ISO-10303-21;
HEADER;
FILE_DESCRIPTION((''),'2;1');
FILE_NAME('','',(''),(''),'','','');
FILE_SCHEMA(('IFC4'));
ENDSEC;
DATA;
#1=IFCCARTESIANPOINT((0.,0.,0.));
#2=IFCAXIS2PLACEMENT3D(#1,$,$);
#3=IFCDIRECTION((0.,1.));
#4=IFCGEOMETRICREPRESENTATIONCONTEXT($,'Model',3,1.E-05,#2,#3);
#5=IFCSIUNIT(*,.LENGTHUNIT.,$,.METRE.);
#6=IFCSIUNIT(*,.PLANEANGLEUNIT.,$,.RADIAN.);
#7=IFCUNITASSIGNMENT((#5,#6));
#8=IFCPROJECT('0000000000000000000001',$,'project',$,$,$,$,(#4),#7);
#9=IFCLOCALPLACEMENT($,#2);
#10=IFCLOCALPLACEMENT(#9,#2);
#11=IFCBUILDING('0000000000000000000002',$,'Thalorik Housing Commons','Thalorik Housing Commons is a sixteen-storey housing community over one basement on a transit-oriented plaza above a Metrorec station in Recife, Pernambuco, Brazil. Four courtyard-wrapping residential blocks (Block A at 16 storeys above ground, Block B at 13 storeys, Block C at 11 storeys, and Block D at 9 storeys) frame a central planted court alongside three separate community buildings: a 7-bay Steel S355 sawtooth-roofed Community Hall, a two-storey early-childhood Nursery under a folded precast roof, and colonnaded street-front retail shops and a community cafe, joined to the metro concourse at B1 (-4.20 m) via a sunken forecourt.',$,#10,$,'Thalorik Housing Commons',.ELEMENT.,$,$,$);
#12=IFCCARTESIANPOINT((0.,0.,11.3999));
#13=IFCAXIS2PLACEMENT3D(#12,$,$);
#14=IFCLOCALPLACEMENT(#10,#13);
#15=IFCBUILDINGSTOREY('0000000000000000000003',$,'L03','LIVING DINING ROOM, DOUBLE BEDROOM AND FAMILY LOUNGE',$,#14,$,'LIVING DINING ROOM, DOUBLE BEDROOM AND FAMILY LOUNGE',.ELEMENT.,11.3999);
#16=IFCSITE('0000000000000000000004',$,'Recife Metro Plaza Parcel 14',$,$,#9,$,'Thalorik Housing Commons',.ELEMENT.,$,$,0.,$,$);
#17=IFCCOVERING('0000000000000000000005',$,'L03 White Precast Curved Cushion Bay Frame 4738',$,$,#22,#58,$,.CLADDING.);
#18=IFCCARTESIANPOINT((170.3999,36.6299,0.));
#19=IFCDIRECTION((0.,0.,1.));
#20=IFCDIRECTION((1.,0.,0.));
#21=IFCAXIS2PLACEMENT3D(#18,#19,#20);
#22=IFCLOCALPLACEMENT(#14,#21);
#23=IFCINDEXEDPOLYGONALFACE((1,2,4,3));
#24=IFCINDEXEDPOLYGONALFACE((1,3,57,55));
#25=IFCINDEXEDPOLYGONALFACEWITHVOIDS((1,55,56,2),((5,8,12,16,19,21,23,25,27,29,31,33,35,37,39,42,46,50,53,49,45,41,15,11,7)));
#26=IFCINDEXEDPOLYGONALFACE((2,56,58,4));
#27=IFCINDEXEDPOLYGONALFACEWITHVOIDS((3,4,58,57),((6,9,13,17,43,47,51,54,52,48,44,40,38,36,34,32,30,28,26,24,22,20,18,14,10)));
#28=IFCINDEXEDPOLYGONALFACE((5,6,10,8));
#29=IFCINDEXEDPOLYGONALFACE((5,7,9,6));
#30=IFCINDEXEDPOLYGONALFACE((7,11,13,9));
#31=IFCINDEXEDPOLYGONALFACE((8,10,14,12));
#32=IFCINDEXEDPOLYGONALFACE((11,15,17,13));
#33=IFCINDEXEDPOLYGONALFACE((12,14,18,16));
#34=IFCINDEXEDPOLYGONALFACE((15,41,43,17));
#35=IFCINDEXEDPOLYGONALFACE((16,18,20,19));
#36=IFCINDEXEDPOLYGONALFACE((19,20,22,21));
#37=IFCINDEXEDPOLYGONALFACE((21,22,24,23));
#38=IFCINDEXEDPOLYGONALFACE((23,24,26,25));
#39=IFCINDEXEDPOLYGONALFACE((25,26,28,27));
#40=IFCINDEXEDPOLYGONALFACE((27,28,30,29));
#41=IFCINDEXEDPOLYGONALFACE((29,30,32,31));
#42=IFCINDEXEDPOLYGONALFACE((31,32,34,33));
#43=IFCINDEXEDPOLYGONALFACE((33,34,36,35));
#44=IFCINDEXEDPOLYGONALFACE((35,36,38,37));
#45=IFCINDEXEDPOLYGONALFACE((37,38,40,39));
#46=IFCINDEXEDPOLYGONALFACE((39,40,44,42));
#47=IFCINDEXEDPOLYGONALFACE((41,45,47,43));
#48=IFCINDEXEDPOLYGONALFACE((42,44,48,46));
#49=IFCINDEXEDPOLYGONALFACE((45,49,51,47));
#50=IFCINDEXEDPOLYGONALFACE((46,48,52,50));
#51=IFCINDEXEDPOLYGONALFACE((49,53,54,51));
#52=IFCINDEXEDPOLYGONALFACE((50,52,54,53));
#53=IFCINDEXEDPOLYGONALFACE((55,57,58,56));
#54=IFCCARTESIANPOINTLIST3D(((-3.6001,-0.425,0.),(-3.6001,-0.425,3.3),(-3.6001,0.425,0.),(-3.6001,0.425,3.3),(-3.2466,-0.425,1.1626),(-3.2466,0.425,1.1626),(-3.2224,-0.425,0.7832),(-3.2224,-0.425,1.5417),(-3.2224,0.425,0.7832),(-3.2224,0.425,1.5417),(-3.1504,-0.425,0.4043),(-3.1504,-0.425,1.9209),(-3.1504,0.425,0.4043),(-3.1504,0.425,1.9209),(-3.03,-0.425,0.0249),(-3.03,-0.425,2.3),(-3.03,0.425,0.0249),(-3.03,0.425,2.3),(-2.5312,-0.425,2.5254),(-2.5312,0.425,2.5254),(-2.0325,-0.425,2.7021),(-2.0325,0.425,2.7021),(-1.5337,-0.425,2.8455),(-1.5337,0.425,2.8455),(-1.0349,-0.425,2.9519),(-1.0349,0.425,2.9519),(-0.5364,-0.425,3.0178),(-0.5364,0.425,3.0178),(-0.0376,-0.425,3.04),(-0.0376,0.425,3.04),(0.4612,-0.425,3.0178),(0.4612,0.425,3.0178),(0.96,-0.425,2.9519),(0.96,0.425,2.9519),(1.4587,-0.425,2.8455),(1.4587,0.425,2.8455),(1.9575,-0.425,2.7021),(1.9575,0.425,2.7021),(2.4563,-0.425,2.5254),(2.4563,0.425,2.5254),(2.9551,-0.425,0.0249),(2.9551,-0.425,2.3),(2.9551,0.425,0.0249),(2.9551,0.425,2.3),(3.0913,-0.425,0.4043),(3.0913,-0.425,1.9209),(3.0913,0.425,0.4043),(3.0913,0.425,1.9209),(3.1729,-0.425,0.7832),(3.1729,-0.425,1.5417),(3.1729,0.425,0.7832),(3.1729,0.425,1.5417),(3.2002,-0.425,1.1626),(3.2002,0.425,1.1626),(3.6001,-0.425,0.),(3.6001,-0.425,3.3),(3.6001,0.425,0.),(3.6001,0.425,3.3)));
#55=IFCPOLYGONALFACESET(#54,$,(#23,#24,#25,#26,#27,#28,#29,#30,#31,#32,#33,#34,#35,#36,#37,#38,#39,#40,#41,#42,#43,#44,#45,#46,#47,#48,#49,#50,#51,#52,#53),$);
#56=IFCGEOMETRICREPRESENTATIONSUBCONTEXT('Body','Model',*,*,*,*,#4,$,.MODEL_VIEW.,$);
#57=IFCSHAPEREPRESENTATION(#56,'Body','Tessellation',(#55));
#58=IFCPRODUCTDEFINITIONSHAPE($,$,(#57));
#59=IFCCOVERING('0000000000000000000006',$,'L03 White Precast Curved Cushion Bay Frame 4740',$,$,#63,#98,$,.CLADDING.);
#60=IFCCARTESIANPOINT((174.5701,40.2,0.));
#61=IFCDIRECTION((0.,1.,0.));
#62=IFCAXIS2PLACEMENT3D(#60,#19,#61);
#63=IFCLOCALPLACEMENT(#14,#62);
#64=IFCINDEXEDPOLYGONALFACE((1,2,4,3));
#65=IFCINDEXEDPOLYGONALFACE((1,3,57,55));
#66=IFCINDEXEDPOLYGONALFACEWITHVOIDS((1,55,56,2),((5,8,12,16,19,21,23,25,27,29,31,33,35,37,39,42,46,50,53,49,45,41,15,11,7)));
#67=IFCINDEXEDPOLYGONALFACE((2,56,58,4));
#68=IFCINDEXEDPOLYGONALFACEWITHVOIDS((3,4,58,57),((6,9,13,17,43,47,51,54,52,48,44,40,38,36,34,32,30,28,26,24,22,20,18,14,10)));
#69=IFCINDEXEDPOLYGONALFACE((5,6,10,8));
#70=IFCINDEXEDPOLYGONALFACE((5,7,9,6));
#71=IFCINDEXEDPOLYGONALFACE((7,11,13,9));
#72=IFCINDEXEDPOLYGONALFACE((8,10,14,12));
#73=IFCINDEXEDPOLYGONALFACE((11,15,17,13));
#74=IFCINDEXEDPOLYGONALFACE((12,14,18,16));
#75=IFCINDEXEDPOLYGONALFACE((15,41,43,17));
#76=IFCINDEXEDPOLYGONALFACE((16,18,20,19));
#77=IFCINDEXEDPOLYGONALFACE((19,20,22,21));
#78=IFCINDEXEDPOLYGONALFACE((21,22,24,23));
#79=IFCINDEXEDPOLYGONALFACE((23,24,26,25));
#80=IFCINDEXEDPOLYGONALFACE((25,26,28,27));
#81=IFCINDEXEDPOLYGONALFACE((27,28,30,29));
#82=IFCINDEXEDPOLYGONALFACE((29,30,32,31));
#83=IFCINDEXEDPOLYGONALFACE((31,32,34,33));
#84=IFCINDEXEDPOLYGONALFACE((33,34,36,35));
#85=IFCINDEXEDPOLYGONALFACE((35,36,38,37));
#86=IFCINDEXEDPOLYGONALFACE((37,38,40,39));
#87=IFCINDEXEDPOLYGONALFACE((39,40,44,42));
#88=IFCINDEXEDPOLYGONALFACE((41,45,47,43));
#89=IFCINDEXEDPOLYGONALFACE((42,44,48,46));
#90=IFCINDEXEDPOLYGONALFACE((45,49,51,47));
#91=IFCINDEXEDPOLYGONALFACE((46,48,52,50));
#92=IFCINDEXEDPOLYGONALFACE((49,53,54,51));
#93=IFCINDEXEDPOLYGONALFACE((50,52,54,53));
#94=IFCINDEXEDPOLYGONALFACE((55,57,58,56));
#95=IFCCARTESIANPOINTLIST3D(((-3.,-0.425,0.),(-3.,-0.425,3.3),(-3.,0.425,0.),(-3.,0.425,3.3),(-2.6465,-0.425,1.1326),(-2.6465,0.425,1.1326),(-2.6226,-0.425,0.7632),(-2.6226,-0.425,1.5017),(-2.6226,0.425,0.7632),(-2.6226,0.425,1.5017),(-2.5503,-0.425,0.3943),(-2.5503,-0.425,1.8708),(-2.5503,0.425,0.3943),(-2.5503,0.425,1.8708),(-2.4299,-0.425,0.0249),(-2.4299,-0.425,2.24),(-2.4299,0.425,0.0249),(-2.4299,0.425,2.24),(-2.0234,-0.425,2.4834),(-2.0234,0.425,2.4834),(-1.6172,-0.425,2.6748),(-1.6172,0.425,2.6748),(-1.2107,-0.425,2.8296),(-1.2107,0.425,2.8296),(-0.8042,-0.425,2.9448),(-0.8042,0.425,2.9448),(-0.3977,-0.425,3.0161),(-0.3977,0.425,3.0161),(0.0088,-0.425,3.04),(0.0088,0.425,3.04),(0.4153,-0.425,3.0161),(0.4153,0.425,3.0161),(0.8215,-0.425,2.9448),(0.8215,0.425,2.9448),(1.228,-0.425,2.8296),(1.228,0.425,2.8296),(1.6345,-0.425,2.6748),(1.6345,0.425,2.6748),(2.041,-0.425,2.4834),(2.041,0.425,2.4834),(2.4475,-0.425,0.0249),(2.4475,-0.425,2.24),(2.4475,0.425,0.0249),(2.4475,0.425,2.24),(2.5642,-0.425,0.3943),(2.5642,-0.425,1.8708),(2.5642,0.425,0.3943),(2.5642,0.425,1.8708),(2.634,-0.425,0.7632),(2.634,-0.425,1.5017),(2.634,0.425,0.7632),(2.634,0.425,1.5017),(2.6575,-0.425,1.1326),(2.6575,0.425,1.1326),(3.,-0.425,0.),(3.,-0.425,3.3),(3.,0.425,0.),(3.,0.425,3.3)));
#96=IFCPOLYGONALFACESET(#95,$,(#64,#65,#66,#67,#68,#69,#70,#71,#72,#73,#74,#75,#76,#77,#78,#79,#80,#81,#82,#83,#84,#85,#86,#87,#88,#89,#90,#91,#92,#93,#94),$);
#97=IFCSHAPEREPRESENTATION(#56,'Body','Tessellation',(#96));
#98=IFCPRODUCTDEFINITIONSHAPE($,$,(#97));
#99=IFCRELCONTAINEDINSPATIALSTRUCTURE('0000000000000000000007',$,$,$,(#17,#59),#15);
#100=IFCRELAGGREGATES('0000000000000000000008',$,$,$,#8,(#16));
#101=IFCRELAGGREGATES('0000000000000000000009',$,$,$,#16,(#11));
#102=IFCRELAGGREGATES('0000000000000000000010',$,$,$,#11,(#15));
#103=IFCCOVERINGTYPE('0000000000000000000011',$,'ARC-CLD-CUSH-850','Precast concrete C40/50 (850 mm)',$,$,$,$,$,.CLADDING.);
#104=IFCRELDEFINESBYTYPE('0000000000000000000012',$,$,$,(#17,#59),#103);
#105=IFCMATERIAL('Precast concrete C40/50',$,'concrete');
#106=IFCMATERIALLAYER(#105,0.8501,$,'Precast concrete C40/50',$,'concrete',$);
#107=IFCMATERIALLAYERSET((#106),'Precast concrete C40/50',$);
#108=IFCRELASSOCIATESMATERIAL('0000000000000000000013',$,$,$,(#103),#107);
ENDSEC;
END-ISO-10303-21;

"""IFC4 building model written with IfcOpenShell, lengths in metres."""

from ifc_helpers import new_model, si_unit, direction, frame, origin, place, context, subcontext, project, spatial, polyline, outline, extrude, material, layer, layer_set, type_object, element, save


model = new_model("IFC4")

# Units and contexts
model_context = context("Model", 3, precision=1e-05, world=origin(), true_north=direction((0.0, 1.0)))
body_context = subcontext(model_context, "Body", "Model", "MODEL_VIEW")
ifc_project = project(units=[si_unit("LENGTHUNIT", "METRE"), si_unit("PLANEANGLEUNIT", "RADIAN")], contexts=[model_context])

# Site, building, storey
site_placement = place(None, origin())
site = spatial("IfcSite", under=ifc_project, at=site_placement, Name="Recife Metro Plaza Parcel 14", LongName="Thalorik Housing Commons", CompositionType="ELEMENT", RefElevation=0.0)
building_placement = place(site_placement, origin())
building = spatial("IfcBuilding", under=site, at=building_placement, Name="Thalorik Housing Commons", Description="Thalorik Housing Commons is a sixteen-storey housing community over one basement on a transit-oriented plaza above a Metrorec station in Recife, Pernambuco, Brazil. Four courtyard-wrapping residential blocks (Block A at 16 storeys above ground, Block B at 13 storeys, Block C at 11 storeys, and Block D at 9 storeys) frame a central planted court alongside three separate community buildings: a 7-bay Steel S355 sawtooth-roofed Community Hall, a two-storey early-childhood Nursery under a folded precast roof, and colonnaded street-front retail shops and a community cafe, joined to the metro concourse at B1 (-4.20 m) via a sunken forecourt.", LongName="Thalorik Housing Commons", CompositionType="ELEMENT")
storey_placement = place(building_placement, frame((0.0, 0.0, 11.3999)))
storey = spatial("IfcBuildingStorey", under=building, at=storey_placement, Name="L03", Description="LIVING DINING ROOM, DOUBLE BEDROOM AND FAMILY LOUNGE", LongName="LIVING DINING ROOM, DOUBLE BEDROOM AND FAMILY LOUNGE", CompositionType="ELEMENT", Elevation=11.3999)

# Shared definitions
ifc_material_1 = material(Name="Precast concrete C40/50", Category="concrete")

# Coverings
ifc_layer_1 = layer(ifc_material_1, 0.8501, Name="Precast concrete C40/50", Category="concrete")
ifc_layer_set_1 = layer_set([ifc_layer_1], Name="Precast concrete C40/50")
covering_type_1 = type_object("IfcCoveringType", Name="ARC-CLD-CUSH-850", Description="Precast concrete C40/50 (850 mm)", PredefinedType="CLADDING", material=ifc_layer_set_1)
covering_1_placement = place(storey_placement, frame((170.3999, 36.6299, 0.0), z_axis=(0.0, 0.0, 1.0), x_axis=(1.0, 0.0, 0.0)))
element("IfcCovering", 1, at=covering_1_placement, inside=storey, type_object=covering_type_1, Name="L03 White Precast Curved Cushion Bay Frame 4738", PredefinedType="CLADDING", context=body_context, shape_type="SweptSolid", body=[
    extrude(outline(polyline([(-3.6001, 0.0), (3.6001, 0.0), (3.6001, 3.3), (-3.6001, 3.3), (-3.6001, 0.0)]), holes=[polyline([(2.9551, 0.0249), (3.0913, 0.4043), (3.1729, 0.7832), (3.2002, 1.1626), (3.1729, 1.5417), (3.0913, 1.9209), (2.9551, 2.3), (2.4563, 2.5254), (1.9575, 2.7021), (1.4587, 2.8455), (0.96, 2.9519), (0.4612, 3.0178), (-0.0376, 3.04), (-0.5364, 3.0178), (-1.0349, 2.9519), (-1.5337, 2.8455), (-2.0325, 2.7021), (-2.5312, 2.5254), (-3.03, 2.3), (-3.1504, 1.9209), (-3.2224, 1.5417), (-3.2466, 1.1626), (-3.2224, 0.7832), (-3.1504, 0.4043), (-3.03, 0.0249), (2.9551, 0.0249)])]), frame((0.0, 0.425, 0.0), z_axis=(0.0, -1.0, 0.0), x_axis=(1.0, 0.0, 0.0)), (0.0, 0.0, 1.0), 0.8501),
])
covering_2_placement = place(storey_placement, frame((174.5701, 40.2, 0.0), z_axis=(0.0, 0.0, 1.0), x_axis=(0.0, 1.0, 0.0)))
element("IfcCovering", 2, at=covering_2_placement, inside=storey, type_object=covering_type_1, Name="L03 White Precast Curved Cushion Bay Frame 4740", PredefinedType="CLADDING", context=body_context, shape_type="SweptSolid", body=[
    extrude(outline(polyline([(-3.0, 0.0), (3.0, 0.0), (3.0, 3.3), (-3.0, 3.3), (-3.0, 0.0)]), holes=[polyline([(2.4475, 0.0249), (2.5642, 0.3943), (2.634, 0.7632), (2.6575, 1.1326), (2.634, 1.5017), (2.5642, 1.8708), (2.4475, 2.24), (2.041, 2.4834), (1.6345, 2.6748), (1.228, 2.8296), (0.8215, 2.9448), (0.4153, 3.0161), (0.0088, 3.04), (-0.3977, 3.0161), (-0.8042, 2.9448), (-1.2107, 2.8296), (-1.6172, 2.6748), (-2.0234, 2.4834), (-2.4299, 2.24), (-2.5503, 1.8708), (-2.6226, 1.5017), (-2.6465, 1.1326), (-2.6226, 0.7632), (-2.5503, 0.3943), (-2.4299, 0.0249), (2.4475, 0.0249)])]), frame((0.0, 0.425, 0.0), z_axis=(0.0, -1.0, 0.0), x_axis=(1.0, 0.0, 0.0)), (0.0, 0.0, 1.0), 0.8501),
])

save(model, "model.ifc")
